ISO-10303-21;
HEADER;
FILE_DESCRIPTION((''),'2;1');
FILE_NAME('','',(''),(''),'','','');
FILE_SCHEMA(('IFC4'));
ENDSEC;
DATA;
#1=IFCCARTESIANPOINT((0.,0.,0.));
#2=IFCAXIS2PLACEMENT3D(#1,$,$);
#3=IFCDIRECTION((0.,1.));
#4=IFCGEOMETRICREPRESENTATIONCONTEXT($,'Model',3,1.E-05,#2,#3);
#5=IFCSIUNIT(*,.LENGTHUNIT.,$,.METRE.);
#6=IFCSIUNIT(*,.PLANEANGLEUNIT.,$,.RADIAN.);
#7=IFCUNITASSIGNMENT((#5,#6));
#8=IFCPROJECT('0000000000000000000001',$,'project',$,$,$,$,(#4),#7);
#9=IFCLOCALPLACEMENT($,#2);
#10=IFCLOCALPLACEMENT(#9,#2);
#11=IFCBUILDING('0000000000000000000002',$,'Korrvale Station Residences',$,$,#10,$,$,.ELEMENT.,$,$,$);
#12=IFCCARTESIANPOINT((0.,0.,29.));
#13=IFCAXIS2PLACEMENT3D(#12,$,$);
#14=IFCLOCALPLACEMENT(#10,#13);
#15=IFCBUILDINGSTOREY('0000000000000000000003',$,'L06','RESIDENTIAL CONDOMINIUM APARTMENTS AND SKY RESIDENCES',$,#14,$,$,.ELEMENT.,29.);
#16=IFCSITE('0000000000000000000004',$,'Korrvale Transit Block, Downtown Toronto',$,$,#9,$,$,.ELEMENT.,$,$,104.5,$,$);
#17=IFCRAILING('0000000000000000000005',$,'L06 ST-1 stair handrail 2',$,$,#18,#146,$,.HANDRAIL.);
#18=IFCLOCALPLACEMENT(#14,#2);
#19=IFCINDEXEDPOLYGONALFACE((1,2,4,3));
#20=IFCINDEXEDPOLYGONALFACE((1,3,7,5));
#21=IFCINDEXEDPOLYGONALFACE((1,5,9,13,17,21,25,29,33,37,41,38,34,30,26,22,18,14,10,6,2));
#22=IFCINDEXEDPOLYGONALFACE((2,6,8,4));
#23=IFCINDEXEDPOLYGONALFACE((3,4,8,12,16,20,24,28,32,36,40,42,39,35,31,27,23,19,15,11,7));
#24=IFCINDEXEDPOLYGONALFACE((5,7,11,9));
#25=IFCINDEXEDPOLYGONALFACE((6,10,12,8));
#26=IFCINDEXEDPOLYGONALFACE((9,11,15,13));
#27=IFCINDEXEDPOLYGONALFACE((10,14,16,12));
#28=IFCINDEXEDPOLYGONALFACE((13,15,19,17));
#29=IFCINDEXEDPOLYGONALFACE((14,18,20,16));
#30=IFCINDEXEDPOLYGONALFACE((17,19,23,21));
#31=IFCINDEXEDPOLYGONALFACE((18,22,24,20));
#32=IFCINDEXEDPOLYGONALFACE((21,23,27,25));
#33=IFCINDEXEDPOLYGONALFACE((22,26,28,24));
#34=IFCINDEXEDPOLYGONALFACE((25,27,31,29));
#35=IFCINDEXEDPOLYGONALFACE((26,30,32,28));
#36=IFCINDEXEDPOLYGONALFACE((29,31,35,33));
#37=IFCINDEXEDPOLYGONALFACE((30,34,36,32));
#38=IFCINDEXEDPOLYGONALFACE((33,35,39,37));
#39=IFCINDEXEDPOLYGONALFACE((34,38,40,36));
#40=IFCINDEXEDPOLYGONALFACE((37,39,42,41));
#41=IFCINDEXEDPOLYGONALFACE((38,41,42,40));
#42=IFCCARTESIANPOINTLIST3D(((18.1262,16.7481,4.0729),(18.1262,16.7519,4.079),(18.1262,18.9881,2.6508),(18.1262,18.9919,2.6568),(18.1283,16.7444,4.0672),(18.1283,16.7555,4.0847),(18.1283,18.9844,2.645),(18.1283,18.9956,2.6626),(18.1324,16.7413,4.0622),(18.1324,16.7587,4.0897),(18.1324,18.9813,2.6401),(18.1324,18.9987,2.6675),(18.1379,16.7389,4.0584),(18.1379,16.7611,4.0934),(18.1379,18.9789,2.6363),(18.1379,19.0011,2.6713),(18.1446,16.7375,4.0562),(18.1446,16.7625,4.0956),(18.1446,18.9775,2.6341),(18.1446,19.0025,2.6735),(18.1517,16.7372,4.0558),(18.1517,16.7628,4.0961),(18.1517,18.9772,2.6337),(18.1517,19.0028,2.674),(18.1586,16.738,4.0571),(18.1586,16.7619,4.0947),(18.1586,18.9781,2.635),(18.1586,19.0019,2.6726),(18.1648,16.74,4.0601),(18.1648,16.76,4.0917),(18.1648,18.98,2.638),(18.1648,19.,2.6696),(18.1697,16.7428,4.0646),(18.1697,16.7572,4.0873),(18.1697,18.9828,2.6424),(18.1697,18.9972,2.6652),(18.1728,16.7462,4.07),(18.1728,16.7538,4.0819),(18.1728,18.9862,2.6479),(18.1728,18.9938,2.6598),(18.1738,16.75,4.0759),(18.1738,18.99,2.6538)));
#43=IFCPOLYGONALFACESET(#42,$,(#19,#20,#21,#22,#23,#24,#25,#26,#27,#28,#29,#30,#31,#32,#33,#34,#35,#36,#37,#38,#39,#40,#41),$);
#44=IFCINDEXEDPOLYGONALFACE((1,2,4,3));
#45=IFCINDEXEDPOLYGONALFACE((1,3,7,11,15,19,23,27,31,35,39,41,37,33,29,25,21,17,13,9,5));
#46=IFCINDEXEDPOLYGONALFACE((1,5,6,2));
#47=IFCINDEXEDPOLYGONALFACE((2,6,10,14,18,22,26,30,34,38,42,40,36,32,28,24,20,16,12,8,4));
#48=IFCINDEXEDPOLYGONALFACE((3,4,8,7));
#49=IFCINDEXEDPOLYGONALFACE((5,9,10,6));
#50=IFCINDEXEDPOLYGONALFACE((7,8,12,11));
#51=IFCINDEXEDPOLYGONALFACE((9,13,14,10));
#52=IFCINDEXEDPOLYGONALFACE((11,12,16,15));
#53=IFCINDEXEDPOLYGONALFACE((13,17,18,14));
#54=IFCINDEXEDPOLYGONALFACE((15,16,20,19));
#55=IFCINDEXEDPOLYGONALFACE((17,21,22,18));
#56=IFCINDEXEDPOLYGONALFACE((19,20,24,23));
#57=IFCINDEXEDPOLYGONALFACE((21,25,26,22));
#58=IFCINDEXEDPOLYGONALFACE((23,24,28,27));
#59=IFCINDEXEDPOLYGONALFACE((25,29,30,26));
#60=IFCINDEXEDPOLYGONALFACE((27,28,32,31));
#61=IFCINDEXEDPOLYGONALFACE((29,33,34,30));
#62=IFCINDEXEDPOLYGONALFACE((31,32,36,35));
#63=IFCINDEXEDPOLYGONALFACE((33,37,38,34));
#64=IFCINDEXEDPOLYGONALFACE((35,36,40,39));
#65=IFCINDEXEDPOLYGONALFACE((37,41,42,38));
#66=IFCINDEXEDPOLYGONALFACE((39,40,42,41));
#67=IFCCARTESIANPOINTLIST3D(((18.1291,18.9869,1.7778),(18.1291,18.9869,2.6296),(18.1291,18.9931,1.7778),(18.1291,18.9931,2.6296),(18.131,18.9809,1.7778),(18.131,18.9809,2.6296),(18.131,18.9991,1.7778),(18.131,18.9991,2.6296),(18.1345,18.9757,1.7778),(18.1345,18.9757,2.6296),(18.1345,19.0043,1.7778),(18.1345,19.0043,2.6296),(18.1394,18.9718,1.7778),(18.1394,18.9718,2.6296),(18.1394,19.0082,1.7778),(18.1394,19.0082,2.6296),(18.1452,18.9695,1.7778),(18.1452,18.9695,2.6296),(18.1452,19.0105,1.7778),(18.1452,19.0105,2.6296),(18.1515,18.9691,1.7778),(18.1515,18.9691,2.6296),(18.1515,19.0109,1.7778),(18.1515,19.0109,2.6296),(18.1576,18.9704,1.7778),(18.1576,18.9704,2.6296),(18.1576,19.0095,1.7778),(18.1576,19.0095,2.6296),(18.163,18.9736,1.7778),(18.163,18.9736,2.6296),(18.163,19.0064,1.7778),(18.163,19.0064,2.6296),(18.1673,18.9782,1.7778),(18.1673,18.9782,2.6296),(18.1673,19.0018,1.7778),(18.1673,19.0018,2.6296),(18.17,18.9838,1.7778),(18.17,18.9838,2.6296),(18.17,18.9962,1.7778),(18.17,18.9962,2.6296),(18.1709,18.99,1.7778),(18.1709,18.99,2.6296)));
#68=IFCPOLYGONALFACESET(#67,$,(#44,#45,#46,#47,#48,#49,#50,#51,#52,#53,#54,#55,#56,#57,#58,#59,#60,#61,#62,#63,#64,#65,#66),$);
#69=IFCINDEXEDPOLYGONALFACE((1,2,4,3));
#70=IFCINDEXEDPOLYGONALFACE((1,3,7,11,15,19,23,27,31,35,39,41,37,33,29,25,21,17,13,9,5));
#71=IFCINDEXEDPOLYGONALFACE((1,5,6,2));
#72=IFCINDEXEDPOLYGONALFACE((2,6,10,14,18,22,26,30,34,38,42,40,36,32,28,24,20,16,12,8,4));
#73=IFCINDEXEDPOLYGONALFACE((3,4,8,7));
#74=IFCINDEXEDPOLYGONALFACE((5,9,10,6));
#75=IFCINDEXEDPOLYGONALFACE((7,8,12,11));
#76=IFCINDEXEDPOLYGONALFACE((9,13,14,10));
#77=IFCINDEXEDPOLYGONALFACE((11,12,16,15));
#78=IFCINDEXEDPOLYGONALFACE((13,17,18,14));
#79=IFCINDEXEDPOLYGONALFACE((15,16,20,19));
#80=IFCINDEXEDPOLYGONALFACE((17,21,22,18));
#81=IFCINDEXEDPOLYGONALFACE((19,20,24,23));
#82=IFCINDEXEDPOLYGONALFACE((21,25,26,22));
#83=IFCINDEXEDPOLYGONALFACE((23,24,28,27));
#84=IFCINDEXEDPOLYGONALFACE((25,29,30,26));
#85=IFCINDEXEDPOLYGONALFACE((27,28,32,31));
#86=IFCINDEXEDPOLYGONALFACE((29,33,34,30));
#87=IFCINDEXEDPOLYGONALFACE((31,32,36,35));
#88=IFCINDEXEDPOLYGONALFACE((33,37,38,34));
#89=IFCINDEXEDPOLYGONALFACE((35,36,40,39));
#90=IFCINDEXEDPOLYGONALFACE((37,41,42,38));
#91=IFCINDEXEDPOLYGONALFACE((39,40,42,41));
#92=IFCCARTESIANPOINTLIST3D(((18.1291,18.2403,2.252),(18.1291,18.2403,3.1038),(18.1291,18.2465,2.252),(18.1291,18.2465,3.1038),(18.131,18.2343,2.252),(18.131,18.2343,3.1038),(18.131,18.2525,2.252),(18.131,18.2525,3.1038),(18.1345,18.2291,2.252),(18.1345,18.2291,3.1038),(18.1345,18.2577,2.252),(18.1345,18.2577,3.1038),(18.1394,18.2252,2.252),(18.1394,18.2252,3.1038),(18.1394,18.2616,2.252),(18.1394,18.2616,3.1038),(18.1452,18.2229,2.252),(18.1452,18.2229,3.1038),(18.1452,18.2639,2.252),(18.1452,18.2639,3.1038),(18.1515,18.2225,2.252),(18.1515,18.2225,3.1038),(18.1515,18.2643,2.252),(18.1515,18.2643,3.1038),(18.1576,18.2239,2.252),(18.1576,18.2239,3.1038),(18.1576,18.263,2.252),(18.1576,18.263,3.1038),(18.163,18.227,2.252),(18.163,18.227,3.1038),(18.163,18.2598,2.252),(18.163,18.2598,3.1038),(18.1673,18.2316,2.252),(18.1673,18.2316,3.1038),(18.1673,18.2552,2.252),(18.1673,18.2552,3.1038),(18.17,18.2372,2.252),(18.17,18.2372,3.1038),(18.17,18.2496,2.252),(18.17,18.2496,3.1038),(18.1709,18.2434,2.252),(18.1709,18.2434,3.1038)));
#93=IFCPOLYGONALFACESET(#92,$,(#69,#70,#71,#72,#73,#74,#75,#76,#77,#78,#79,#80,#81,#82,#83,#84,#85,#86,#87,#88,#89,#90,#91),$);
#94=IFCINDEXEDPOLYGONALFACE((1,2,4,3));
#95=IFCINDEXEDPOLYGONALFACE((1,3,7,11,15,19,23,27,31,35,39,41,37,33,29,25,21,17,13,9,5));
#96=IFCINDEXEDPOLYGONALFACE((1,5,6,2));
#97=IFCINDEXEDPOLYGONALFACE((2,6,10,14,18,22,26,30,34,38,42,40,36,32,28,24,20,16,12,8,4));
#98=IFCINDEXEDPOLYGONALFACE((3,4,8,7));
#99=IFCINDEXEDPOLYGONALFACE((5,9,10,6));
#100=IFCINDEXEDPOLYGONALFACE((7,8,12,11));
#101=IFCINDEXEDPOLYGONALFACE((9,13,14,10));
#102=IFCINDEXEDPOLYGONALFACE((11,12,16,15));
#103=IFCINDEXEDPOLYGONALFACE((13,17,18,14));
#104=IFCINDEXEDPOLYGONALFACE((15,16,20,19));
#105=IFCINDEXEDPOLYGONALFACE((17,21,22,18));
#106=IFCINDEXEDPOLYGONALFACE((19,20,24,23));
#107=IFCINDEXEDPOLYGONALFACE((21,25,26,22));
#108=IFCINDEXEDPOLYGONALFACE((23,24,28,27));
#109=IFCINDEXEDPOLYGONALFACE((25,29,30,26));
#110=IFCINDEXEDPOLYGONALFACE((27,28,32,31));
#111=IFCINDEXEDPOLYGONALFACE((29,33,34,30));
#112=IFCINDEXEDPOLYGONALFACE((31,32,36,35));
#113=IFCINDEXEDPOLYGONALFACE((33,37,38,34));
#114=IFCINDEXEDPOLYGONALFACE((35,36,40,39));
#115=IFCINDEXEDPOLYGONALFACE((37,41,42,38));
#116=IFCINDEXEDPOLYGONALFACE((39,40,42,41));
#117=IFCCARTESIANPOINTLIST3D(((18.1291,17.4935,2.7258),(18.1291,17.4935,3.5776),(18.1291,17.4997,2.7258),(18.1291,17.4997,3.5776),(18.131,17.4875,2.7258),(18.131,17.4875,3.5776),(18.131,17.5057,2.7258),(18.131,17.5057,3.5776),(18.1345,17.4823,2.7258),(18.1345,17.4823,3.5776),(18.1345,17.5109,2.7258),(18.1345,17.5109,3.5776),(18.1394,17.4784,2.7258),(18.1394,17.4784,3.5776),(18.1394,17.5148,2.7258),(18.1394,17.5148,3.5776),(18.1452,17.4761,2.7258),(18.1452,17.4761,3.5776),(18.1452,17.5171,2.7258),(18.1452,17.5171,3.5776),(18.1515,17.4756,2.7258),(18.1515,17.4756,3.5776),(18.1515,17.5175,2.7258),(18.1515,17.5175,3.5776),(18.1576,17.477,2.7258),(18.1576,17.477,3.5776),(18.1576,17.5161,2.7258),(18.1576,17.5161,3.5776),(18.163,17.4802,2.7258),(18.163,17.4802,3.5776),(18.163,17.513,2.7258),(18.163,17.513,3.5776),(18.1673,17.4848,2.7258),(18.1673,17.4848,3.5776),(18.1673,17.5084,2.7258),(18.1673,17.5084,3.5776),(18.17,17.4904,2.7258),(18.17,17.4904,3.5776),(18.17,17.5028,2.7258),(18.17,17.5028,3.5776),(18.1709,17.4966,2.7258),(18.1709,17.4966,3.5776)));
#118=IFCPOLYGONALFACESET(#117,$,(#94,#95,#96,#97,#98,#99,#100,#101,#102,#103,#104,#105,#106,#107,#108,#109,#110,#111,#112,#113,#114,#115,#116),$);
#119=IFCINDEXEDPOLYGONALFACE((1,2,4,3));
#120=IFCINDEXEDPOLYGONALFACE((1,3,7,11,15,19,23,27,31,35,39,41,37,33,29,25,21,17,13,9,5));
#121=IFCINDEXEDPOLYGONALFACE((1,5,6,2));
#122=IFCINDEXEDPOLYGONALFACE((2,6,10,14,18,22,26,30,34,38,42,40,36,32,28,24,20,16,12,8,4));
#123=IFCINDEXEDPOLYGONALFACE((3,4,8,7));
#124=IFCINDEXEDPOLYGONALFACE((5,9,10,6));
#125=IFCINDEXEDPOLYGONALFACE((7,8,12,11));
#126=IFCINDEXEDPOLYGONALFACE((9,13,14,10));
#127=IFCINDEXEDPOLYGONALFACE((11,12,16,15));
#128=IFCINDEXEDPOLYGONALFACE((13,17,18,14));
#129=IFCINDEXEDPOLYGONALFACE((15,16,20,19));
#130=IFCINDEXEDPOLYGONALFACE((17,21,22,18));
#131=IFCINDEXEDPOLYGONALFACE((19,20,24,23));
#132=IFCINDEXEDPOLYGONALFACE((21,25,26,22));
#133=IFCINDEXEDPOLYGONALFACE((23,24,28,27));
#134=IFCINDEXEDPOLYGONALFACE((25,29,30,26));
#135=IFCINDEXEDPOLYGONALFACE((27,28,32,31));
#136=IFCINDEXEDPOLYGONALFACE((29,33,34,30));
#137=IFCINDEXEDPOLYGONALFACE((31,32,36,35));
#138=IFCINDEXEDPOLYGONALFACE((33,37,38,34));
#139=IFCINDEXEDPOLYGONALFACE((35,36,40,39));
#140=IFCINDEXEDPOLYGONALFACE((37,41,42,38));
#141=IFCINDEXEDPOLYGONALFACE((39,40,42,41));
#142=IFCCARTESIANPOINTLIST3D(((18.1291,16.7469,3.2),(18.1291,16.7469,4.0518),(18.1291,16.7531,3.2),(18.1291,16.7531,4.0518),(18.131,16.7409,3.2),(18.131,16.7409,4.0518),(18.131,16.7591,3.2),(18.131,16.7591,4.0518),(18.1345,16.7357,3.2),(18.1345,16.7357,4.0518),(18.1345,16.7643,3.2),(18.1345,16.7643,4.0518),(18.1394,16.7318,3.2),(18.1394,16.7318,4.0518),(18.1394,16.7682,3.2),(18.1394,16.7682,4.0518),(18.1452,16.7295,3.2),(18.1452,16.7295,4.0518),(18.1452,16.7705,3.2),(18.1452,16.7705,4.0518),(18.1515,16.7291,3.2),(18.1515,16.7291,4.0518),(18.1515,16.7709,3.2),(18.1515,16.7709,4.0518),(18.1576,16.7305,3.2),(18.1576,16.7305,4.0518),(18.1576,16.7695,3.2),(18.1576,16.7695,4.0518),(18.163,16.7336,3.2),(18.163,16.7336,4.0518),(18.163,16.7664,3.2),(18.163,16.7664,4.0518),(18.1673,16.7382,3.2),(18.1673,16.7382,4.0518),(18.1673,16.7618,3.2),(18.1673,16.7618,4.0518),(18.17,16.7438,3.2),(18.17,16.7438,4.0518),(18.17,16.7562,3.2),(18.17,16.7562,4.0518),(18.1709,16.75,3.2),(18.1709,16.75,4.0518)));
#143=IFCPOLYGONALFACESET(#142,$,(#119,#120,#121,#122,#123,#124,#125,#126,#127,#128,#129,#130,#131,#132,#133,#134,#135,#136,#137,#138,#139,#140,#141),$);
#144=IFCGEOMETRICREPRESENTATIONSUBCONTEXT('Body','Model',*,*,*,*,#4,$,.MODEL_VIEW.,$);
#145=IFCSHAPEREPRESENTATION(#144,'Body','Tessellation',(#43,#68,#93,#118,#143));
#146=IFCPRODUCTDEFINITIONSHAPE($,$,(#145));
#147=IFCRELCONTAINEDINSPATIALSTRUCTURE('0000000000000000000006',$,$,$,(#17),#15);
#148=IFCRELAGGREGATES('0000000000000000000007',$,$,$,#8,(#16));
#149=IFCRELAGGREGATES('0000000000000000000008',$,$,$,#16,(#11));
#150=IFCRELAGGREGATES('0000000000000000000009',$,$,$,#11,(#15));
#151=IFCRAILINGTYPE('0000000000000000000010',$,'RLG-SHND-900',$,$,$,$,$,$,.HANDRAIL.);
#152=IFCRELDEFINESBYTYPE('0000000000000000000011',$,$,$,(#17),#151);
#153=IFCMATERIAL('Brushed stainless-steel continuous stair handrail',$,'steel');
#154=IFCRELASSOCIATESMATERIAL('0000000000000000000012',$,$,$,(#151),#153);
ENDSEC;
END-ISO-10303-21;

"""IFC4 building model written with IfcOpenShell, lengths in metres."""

from ifc_helpers import new_model, si_unit, direction, frame, origin, origin_2d, place, context, subcontext, project, spatial, circle, extrude, material, type_object, element, save


model = new_model("IFC4")

# Units and contexts
model_context = context("Model", 3, precision=1e-05, world=origin(), true_north=direction((0.0, 1.0)))
body_context = subcontext(model_context, "Body", "Model", "MODEL_VIEW")
ifc_project = project(units=[si_unit("LENGTHUNIT", "METRE"), si_unit("PLANEANGLEUNIT", "RADIAN")], contexts=[model_context])

# Site, building, storey
site_placement = place(None, origin())
site = spatial("IfcSite", under=ifc_project, at=site_placement, Name="Korrvale Transit Block, Downtown Toronto", CompositionType="ELEMENT", RefElevation=104.5)
building_placement = place(site_placement, origin())
building = spatial("IfcBuilding", under=site, at=building_placement, Name="Korrvale Station Residences", CompositionType="ELEMENT")
storey_placement = place(building_placement, frame((0.0, 0.0, 29.0)))
storey = spatial("IfcBuildingStorey", under=building, at=storey_placement, Name="L06", Description="RESIDENTIAL CONDOMINIUM APARTMENTS AND SKY RESIDENCES", CompositionType="ELEMENT", Elevation=29.0)

# Railing
ifc_material_1 = material(Name="Brushed stainless-steel continuous stair handrail", Category="steel")
railing_type_1 = type_object("IfcRailingType", Name="RLG-SHND-900", PredefinedType="HANDRAIL", material=ifc_material_1)
railing_1_placement = place(storey_placement, frame((18.1499, 18.99, 1.7778)))
element("IfcRailing", 1, at=railing_1_placement, inside=storey, type_object=railing_type_1, Name="L06 ST-1 stair handrail 2", PredefinedType="HANDRAIL", context=body_context, shape_type="SweptSolid", body=[
    extrude(circle(Radius=0.0239, at=origin_2d()), frame((0.0, 0.0, 0.876), z_axis=(0.0, -0.844229, 0.535982), x_axis=(1.0, 0.0, 0.0)), (0.0, 0.0, 1.0), 2.6533),
    extrude(circle(Radius=0.021, at=origin_2d()), origin(), (0.0, 0.0, 1.0), 0.8518),
    extrude(circle(Radius=0.021, at=origin_2d()), frame((0.0, -0.7466, 0.4741)), (0.0, 0.0, 1.0), 0.8518),
    extrude(circle(Radius=0.021, at=origin_2d()), frame((0.0, -1.4934, 0.948)), (0.0, 0.0, 1.0), 0.8518),
    extrude(circle(Radius=0.021, at=origin_2d()), frame((0.0, -2.24, 1.4221)), (0.0, 0.0, 1.0), 0.8518),
])

save(model, "model.ifc")
